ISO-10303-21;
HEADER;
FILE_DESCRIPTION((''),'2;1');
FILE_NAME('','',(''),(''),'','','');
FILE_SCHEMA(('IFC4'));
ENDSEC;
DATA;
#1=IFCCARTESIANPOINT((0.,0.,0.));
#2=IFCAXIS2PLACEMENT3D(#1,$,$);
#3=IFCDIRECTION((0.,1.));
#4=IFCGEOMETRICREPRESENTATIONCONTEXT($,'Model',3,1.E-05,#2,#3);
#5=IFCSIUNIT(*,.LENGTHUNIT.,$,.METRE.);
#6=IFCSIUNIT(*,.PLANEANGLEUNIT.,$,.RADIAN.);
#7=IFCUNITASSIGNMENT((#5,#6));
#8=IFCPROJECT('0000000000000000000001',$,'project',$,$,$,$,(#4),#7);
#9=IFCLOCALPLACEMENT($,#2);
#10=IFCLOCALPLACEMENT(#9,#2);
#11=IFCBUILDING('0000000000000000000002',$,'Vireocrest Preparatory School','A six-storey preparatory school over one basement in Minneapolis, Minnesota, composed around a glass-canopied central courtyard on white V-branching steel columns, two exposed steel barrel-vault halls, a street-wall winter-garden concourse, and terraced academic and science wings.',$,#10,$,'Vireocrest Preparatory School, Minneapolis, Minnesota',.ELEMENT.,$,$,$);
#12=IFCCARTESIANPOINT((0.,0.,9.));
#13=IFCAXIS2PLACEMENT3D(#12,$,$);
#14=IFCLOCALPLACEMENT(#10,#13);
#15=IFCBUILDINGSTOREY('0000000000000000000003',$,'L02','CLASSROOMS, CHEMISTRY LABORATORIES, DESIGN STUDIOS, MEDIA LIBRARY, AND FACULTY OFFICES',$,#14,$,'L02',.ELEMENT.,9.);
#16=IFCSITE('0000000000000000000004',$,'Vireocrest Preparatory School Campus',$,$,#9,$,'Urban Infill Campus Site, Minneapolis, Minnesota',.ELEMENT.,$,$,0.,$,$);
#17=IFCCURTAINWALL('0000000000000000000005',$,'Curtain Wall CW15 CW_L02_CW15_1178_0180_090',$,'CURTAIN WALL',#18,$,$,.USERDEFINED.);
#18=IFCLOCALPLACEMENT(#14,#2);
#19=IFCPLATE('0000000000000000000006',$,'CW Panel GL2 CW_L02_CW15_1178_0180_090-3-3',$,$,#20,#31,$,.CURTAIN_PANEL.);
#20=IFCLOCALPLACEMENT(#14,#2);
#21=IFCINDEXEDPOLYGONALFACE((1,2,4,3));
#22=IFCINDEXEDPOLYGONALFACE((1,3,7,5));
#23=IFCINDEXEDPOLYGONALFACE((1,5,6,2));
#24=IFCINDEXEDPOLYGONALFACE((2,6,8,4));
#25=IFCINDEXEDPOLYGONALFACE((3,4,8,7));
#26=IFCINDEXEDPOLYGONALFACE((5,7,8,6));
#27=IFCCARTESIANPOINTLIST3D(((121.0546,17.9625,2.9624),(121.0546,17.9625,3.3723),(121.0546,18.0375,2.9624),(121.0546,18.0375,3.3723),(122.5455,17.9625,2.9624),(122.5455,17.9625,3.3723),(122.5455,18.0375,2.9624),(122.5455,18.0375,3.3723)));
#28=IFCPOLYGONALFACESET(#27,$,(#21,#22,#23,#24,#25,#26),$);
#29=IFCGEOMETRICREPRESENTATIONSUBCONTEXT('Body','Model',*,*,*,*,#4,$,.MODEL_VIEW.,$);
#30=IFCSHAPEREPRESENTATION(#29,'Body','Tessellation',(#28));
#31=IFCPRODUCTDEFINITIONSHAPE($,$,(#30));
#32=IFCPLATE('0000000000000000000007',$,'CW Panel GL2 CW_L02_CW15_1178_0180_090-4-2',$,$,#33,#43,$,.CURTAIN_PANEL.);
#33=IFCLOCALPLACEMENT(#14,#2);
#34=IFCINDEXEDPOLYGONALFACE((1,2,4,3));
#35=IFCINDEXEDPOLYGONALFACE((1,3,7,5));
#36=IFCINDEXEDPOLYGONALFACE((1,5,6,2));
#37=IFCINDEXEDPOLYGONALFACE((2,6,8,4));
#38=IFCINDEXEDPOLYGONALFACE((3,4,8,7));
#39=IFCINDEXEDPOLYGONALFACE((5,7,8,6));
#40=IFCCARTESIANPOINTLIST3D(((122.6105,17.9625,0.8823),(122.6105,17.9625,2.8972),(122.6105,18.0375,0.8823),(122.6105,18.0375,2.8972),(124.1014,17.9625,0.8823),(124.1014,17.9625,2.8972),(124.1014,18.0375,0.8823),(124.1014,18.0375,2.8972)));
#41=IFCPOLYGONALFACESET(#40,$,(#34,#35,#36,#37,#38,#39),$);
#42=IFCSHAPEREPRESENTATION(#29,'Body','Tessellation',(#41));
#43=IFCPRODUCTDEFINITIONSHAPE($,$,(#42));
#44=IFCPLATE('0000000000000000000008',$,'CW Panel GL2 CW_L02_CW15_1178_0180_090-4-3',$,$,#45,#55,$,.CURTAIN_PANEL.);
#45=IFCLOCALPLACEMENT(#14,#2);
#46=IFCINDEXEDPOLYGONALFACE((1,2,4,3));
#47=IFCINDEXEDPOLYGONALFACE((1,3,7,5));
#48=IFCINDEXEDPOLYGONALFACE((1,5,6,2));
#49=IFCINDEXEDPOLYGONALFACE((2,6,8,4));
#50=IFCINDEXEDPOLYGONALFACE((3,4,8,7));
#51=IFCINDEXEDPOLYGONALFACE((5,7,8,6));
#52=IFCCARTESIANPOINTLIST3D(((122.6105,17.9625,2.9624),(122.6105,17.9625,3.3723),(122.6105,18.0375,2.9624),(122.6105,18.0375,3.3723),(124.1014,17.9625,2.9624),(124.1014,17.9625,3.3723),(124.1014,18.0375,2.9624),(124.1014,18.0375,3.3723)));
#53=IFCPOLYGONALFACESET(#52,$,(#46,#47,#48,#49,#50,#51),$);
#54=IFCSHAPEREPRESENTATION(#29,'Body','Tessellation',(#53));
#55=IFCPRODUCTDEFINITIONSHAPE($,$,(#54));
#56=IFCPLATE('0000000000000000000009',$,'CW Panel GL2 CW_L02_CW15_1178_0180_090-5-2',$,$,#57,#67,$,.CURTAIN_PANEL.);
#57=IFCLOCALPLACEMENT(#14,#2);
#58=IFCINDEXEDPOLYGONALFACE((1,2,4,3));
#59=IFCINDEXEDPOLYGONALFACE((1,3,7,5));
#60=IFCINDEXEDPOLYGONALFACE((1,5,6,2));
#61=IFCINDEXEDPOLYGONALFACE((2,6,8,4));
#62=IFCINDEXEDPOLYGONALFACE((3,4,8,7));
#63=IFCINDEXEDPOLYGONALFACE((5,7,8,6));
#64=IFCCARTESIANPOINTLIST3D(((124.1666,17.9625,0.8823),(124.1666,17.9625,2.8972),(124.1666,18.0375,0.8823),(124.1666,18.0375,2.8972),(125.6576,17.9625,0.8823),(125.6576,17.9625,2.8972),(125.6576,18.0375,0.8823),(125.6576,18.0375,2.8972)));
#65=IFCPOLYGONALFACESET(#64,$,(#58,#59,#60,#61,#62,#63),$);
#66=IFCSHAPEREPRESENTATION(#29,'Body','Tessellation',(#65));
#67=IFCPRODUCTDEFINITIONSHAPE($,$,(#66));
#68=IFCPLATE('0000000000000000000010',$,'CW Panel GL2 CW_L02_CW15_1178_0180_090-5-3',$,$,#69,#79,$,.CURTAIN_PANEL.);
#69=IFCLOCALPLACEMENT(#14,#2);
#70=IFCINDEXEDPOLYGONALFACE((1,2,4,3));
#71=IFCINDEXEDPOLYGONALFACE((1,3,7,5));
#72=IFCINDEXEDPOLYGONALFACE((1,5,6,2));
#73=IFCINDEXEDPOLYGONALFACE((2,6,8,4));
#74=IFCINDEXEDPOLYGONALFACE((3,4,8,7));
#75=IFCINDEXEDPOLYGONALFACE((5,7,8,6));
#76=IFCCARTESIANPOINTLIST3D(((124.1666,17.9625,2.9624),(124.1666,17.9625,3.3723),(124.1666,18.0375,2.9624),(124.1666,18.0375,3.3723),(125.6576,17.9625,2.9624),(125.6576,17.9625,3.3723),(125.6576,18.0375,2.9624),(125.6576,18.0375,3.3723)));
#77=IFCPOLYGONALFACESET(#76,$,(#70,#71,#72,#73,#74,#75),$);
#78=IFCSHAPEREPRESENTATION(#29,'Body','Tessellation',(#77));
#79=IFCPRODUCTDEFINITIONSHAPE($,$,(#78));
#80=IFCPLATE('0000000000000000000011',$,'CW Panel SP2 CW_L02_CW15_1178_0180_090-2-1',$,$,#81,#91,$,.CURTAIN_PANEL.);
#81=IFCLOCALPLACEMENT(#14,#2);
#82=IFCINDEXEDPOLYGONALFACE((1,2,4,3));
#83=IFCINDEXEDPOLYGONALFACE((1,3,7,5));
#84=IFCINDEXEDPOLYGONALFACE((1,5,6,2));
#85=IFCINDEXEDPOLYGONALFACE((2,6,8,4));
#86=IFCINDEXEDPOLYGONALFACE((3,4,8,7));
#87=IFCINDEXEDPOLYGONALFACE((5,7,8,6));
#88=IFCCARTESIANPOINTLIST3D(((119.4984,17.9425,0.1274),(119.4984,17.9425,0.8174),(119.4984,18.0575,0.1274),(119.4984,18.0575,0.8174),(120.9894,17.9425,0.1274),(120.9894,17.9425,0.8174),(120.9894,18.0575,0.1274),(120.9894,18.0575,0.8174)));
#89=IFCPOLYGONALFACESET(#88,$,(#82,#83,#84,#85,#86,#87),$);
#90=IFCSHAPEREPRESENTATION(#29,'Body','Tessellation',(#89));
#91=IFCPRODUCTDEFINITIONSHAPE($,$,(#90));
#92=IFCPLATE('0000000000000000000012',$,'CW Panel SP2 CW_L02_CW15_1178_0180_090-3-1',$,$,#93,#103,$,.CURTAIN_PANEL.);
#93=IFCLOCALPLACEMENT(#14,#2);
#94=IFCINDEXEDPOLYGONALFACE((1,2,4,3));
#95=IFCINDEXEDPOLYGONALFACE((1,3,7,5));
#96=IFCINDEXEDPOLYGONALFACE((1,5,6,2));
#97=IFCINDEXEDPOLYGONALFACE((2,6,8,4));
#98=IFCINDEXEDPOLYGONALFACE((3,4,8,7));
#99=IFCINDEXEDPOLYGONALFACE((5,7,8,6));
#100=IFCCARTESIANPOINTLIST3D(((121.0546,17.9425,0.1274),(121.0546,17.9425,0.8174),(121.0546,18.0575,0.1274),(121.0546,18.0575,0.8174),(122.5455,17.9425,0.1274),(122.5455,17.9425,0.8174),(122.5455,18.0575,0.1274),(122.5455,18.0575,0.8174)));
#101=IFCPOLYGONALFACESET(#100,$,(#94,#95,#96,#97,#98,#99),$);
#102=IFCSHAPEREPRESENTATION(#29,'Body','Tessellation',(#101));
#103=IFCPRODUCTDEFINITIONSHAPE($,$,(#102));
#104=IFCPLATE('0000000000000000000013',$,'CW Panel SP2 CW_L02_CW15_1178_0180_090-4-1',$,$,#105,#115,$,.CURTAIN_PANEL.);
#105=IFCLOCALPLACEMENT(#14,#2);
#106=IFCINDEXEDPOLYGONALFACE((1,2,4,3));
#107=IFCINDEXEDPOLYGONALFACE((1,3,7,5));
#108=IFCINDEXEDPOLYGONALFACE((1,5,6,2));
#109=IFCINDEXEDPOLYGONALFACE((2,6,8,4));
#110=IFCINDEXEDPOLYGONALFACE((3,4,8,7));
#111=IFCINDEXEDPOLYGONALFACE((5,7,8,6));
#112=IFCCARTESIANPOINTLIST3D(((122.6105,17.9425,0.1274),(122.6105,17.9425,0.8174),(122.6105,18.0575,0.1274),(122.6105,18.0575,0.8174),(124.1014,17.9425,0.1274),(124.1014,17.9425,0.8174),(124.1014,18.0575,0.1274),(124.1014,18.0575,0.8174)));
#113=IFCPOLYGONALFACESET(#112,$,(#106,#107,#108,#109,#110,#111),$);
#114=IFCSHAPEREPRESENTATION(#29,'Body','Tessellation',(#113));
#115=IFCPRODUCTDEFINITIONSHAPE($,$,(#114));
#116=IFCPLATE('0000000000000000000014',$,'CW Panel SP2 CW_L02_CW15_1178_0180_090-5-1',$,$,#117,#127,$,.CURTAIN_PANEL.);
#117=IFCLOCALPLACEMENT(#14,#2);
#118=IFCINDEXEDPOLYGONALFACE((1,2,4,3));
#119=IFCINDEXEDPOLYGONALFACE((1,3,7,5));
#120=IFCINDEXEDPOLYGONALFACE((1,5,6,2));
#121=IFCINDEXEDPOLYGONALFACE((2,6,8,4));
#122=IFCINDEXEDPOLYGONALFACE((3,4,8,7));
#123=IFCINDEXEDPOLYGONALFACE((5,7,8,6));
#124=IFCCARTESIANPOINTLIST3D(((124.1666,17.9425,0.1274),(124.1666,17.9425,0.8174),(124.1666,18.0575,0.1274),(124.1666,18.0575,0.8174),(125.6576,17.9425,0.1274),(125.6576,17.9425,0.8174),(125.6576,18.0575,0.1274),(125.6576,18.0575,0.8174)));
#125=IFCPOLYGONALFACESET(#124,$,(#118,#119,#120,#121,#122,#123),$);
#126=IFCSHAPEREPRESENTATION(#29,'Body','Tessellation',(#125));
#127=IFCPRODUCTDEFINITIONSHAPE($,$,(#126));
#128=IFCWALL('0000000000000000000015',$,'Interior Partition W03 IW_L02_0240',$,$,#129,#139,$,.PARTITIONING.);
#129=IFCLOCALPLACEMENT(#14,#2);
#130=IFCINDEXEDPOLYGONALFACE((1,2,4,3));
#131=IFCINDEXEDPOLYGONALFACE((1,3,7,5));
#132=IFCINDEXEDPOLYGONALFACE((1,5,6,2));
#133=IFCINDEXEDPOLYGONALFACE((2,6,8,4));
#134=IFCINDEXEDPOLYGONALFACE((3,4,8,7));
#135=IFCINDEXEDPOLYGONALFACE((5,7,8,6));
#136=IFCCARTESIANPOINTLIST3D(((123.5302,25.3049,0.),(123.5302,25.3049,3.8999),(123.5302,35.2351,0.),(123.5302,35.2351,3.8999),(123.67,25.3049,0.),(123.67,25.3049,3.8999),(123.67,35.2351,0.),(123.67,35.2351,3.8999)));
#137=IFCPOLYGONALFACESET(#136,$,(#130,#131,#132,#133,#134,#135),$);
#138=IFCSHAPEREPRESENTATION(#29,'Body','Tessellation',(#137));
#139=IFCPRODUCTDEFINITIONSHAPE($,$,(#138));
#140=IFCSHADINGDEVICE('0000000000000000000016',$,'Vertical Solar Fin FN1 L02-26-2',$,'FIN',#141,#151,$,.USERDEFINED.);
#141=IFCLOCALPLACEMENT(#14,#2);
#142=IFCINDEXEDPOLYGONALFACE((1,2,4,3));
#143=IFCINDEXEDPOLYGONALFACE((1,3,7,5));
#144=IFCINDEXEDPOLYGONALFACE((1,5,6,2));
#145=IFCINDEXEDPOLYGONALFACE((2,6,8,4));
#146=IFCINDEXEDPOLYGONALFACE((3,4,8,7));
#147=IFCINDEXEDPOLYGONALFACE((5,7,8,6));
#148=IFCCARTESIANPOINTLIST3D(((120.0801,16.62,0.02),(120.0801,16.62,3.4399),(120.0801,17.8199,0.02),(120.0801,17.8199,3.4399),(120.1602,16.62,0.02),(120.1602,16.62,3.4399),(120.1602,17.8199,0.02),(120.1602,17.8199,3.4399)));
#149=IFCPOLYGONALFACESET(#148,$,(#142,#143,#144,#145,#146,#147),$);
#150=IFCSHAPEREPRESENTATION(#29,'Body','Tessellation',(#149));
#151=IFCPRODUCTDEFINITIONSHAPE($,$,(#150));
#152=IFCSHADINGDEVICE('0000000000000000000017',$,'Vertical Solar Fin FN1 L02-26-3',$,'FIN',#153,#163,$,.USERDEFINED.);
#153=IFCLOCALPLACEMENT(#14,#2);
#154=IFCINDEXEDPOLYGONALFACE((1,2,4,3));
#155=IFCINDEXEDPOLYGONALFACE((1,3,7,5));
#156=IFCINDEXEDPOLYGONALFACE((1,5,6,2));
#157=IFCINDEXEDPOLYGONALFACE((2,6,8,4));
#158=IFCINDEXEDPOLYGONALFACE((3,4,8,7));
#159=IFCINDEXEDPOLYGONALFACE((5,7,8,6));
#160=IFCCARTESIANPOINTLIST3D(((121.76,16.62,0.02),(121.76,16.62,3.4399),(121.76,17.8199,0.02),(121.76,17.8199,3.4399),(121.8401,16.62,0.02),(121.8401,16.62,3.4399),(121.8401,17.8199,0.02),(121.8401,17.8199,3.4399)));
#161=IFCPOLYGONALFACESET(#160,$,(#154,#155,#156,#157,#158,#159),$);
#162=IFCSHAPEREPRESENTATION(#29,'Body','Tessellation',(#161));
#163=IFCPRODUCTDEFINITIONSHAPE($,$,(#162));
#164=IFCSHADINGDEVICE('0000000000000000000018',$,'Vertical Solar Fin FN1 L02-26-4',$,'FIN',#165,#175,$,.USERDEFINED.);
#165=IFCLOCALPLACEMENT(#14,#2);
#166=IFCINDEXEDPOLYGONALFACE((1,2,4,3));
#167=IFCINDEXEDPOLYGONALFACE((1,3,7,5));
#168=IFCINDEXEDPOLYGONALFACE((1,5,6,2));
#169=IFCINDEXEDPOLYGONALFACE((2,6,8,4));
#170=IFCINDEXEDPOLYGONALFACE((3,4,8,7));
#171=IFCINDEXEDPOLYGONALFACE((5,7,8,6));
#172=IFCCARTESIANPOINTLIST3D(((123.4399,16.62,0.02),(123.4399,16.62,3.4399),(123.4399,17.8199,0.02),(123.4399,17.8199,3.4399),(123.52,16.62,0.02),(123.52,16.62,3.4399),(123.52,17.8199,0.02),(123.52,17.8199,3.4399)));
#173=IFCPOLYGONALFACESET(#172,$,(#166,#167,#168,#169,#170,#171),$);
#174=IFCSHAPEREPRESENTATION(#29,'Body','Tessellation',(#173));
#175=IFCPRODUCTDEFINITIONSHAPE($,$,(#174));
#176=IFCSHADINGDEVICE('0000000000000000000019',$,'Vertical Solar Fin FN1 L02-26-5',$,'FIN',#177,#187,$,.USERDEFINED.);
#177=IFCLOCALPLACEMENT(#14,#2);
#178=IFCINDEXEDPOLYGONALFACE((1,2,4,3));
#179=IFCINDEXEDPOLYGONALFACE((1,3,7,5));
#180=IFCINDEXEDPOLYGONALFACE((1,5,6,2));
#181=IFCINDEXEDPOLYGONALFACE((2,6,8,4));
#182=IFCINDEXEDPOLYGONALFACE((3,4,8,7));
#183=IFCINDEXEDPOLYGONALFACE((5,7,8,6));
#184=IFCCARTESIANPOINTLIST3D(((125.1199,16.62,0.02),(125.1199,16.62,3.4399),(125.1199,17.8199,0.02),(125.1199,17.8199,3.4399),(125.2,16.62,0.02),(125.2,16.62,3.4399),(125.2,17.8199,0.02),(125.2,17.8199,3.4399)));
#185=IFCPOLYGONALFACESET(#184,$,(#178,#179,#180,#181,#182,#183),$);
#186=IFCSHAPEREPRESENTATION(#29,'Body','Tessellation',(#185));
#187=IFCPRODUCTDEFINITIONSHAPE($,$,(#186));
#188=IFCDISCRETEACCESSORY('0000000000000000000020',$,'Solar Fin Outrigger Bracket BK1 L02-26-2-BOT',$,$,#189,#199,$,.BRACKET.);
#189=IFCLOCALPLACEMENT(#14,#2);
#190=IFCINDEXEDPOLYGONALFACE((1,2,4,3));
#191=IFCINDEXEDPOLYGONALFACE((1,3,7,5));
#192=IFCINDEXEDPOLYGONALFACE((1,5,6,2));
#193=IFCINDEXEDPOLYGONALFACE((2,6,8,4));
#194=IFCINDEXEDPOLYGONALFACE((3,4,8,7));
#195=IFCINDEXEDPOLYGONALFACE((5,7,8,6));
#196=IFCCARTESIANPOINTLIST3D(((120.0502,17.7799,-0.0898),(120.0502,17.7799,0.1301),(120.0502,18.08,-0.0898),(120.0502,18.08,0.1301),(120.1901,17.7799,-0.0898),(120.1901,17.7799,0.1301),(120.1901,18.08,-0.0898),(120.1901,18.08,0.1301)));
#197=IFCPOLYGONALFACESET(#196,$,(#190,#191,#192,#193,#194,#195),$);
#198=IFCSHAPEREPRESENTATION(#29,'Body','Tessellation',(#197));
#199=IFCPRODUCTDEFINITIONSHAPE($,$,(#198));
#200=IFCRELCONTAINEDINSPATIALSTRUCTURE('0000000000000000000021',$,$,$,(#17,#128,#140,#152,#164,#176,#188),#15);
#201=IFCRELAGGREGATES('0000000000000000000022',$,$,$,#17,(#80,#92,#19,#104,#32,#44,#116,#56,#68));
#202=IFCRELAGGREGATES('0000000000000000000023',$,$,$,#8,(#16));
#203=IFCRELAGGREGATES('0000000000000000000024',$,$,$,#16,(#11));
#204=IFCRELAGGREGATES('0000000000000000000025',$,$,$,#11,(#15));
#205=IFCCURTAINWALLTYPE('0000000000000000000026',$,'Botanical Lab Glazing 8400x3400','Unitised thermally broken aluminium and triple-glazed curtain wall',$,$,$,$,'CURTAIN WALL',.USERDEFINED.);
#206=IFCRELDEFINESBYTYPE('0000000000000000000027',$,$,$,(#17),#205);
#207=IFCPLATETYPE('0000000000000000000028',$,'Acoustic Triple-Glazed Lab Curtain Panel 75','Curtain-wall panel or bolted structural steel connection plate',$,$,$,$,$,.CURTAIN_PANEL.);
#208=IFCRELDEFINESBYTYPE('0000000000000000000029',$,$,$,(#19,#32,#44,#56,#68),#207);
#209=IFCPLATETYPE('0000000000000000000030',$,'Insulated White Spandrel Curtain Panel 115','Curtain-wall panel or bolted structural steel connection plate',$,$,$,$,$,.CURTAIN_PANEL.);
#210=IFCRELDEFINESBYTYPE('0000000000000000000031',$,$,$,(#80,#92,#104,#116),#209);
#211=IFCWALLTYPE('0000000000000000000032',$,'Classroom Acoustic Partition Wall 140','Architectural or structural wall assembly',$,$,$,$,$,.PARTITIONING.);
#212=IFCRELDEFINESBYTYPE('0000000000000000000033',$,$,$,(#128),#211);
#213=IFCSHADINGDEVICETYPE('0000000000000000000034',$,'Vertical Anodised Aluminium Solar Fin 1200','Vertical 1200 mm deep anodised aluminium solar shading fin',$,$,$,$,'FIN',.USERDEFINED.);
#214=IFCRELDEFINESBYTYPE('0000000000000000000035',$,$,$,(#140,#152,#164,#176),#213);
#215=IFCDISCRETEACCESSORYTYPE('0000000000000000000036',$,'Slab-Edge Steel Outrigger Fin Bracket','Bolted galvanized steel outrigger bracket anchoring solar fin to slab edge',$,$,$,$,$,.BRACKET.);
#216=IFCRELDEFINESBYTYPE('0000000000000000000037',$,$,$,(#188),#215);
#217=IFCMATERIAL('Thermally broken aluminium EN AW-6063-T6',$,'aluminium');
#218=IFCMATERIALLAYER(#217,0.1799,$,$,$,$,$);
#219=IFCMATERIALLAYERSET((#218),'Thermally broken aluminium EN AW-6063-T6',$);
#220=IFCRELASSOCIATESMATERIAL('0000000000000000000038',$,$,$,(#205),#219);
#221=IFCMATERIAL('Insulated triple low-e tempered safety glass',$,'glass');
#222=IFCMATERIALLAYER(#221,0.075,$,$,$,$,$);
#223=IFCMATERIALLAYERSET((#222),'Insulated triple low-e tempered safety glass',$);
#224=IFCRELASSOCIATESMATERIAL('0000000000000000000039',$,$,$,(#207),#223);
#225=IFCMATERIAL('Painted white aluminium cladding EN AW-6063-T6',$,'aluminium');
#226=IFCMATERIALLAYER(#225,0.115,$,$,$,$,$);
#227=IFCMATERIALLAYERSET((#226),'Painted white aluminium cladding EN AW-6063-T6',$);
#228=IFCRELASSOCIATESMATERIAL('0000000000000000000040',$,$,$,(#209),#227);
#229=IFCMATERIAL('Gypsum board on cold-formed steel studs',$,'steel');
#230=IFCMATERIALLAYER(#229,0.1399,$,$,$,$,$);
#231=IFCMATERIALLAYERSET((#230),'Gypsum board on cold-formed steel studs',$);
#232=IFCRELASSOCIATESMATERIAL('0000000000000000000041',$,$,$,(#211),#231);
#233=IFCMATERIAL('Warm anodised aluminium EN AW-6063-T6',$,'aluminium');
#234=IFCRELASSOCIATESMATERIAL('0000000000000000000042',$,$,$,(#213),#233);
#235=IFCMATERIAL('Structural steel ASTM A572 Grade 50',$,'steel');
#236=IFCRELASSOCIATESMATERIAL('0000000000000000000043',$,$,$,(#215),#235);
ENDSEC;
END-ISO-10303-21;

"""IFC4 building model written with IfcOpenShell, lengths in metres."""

from ifc_helpers import new_model, si_unit, direction, frame, frame_2d, origin, origin_2d, place, context, subcontext, project, spatial, rectangle, extrude, material, layer, layer_set, material_profile, profile_set, type_object, element, aggregate, save


model = new_model("IFC4")

# Units and contexts
model_context = context("Model", 3, precision=1e-05, world=origin(), true_north=direction((0.0, 1.0)))
body_context = subcontext(model_context, "Body", "Model", "MODEL_VIEW")
ifc_project = project(units=[si_unit("LENGTHUNIT", "METRE"), si_unit("PLANEANGLEUNIT", "RADIAN")], contexts=[model_context])

# Site, building, storey
site_placement = place(None, origin())
site = spatial("IfcSite", under=ifc_project, at=site_placement, Name="Vireocrest Preparatory School Campus", LongName="Urban Infill Campus Site, Minneapolis, Minnesota", CompositionType="ELEMENT", RefElevation=0.0)
building_placement = place(site_placement, origin())
building = spatial("IfcBuilding", under=site, at=building_placement, Name="Vireocrest Preparatory School", Description="A six-storey preparatory school over one basement in Minneapolis, Minnesota, composed around a glass-canopied central courtyard on white V-branching steel columns, two exposed steel barrel-vault halls, a street-wall winter-garden concourse, and terraced academic and science wings.", LongName="Vireocrest Preparatory School, Minneapolis, Minnesota", CompositionType="ELEMENT")
storey_placement = place(building_placement, frame((0.0, 0.0, 9.0)))
storey = spatial("IfcBuildingStorey", under=building, at=storey_placement, Name="L02", Description="CLASSROOMS, CHEMISTRY LABORATORIES, DESIGN STUDIOS, MEDIA LIBRARY, AND FACULTY OFFICES", LongName="L02", CompositionType="ELEMENT", Elevation=9.0)

# Curtain wall
ifc_material_1 = material(Name="Thermally broken aluminium EN AW-6063-T6", Category="aluminium")
ifc_layer_1 = layer(ifc_material_1, 0.1799)
ifc_layer_set_1 = layer_set([ifc_layer_1], Name="Thermally broken aluminium EN AW-6063-T6")
curtain_wall_type = type_object("IfcCurtainWallType", Name="Botanical Lab Glazing 8400x3400", Description="Unitised thermally broken aluminium and triple-glazed curtain wall", ElementType="CURTAIN WALL", PredefinedType="USERDEFINED", material=ifc_layer_set_1)
curtain_wall_placement = place(storey_placement, origin())
curtain_wall = element("IfcCurtainWall", 1, at=curtain_wall_placement, inside=storey, type_object=curtain_wall_type, Name="Curtain Wall CW15 CW_L02_CW15_1178_0180_090", ObjectType="CURTAIN WALL", PredefinedType="USERDEFINED")

# Plates
ifc_material_2 = material(Name="Insulated triple low-e tempered safety glass", Category="glass")
ifc_layer_2 = layer(ifc_material_2, 0.075)
ifc_layer_set_2 = layer_set([ifc_layer_2], Name="Insulated triple low-e tempered safety glass")
plate_type_1 = type_object("IfcPlateType", Name="Acoustic Triple-Glazed Lab Curtain Panel 75", Description="Curtain-wall panel or bolted structural steel connection plate", PredefinedType="CURTAIN_PANEL", material=ifc_layer_set_2)
plate_1_placement = place(storey_placement, frame((121.8, 18.0, 2.9624), z_axis=(0.0, 0.0, 1.0), x_axis=(1.0, 0.0, 0.0)))
plate_1 = element("IfcPlate", 2, at=plate_1_placement, type_object=plate_type_1, Name="CW Panel GL2 CW_L02_CW15_1178_0180_090-3-3", PredefinedType="CURTAIN_PANEL", context=body_context, shape_type="SweptSolid", body=[
    extrude(rectangle(XDim=1.491, YDim=0.075, at=origin_2d()), origin(), (0.0, 0.0, 1.0), 0.4099),
])
plate_2_placement = place(storey_placement, frame((123.356, 18.0, 0.8823), z_axis=(0.0, 0.0, 1.0), x_axis=(1.0, 0.0, 0.0)))
plate_2 = element("IfcPlate", 3, at=plate_2_placement, type_object=plate_type_1, Name="CW Panel GL2 CW_L02_CW15_1178_0180_090-4-2", PredefinedType="CURTAIN_PANEL", context=body_context, shape_type="SweptSolid", body=[
    extrude(rectangle(XDim=1.491, YDim=0.075, at=origin_2d()), origin(), (0.0, 0.0, 1.0), 2.0149),
])
plate_3_placement = place(storey_placement, frame((123.356, 18.0, 2.9624), z_axis=(0.0, 0.0, 1.0), x_axis=(1.0, 0.0, 0.0)))
plate_3 = element("IfcPlate", 4, at=plate_3_placement, type_object=plate_type_1, Name="CW Panel GL2 CW_L02_CW15_1178_0180_090-4-3", PredefinedType="CURTAIN_PANEL", context=body_context, shape_type="SweptSolid", body=[
    extrude(rectangle(XDim=1.491, YDim=0.075, at=origin_2d()), origin(), (0.0, 0.0, 1.0), 0.4099),
])
plate_4_placement = place(storey_placement, frame((124.9121, 18.0, 0.8823), z_axis=(0.0, 0.0, 1.0), x_axis=(1.0, 0.0, 0.0)))
plate_4 = element("IfcPlate", 5, at=plate_4_placement, type_object=plate_type_1, Name="CW Panel GL2 CW_L02_CW15_1178_0180_090-5-2", PredefinedType="CURTAIN_PANEL", context=body_context, shape_type="SweptSolid", body=[
    extrude(rectangle(XDim=1.491, YDim=0.075, at=origin_2d()), origin(), (0.0, 0.0, 1.0), 2.0149),
])
plate_5_placement = place(storey_placement, frame((124.9121, 18.0, 2.9624), z_axis=(0.0, 0.0, 1.0), x_axis=(1.0, 0.0, 0.0)))
plate_5 = element("IfcPlate", 6, at=plate_5_placement, type_object=plate_type_1, Name="CW Panel GL2 CW_L02_CW15_1178_0180_090-5-3", PredefinedType="CURTAIN_PANEL", context=body_context, shape_type="SweptSolid", body=[
    extrude(rectangle(XDim=1.491, YDim=0.075, at=origin_2d()), origin(), (0.0, 0.0, 1.0), 0.4099),
])
ifc_material_3 = material(Name="Painted white aluminium cladding EN AW-6063-T6", Category="aluminium")
ifc_layer_3 = layer(ifc_material_3, 0.115)
ifc_layer_set_3 = layer_set([ifc_layer_3], Name="Painted white aluminium cladding EN AW-6063-T6")
plate_type_2 = type_object("IfcPlateType", Name="Insulated White Spandrel Curtain Panel 115", Description="Curtain-wall panel or bolted structural steel connection plate", PredefinedType="CURTAIN_PANEL", material=ifc_layer_set_3)
plate_6_placement = place(storey_placement, frame((120.2439, 18.0, 0.1274), z_axis=(0.0, 0.0, 1.0), x_axis=(1.0, 0.0, 0.0)))
plate_6 = element("IfcPlate", 7, at=plate_6_placement, type_object=plate_type_2, Name="CW Panel SP2 CW_L02_CW15_1178_0180_090-2-1", PredefinedType="CURTAIN_PANEL", context=body_context, shape_type="SweptSolid", body=[
    extrude(rectangle(XDim=1.491, YDim=0.115, at=origin_2d()), origin(), (0.0, 0.0, 1.0), 0.6899),
])
plate_7_placement = place(storey_placement, frame((121.8, 18.0, 0.1274), z_axis=(0.0, 0.0, 1.0), x_axis=(1.0, 0.0, 0.0)))
plate_7 = element("IfcPlate", 8, at=plate_7_placement, type_object=plate_type_2, Name="CW Panel SP2 CW_L02_CW15_1178_0180_090-3-1", PredefinedType="CURTAIN_PANEL", context=body_context, shape_type="SweptSolid", body=[
    extrude(rectangle(XDim=1.491, YDim=0.115, at=origin_2d()), origin(), (0.0, 0.0, 1.0), 0.6899),
])
plate_8_placement = place(storey_placement, frame((123.356, 18.0, 0.1274), z_axis=(0.0, 0.0, 1.0), x_axis=(1.0, 0.0, 0.0)))
plate_8 = element("IfcPlate", 9, at=plate_8_placement, type_object=plate_type_2, Name="CW Panel SP2 CW_L02_CW15_1178_0180_090-4-1", PredefinedType="CURTAIN_PANEL", context=body_context, shape_type="SweptSolid", body=[
    extrude(rectangle(XDim=1.491, YDim=0.115, at=origin_2d()), origin(), (0.0, 0.0, 1.0), 0.6899),
])
plate_9_placement = place(storey_placement, frame((124.9121, 18.0, 0.1274), z_axis=(0.0, 0.0, 1.0), x_axis=(1.0, 0.0, 0.0)))
plate_9 = element("IfcPlate", 10, at=plate_9_placement, type_object=plate_type_2, Name="CW Panel SP2 CW_L02_CW15_1178_0180_090-5-1", PredefinedType="CURTAIN_PANEL", context=body_context, shape_type="SweptSolid", body=[
    extrude(rectangle(XDim=1.491, YDim=0.115, at=origin_2d()), origin(), (0.0, 0.0, 1.0), 0.6899),
])
aggregate(curtain_wall, [plate_6, plate_7, plate_1, plate_8, plate_2, plate_3, plate_9, plate_4, plate_5])

# Wall
ifc_material_4 = material(Name="Gypsum board on cold-formed steel studs", Category="steel")
ifc_layer_4 = layer(ifc_material_4, 0.1399)
ifc_layer_set_4 = layer_set([ifc_layer_4], Name="Gypsum board on cold-formed steel studs")
wall_type = type_object("IfcWallType", Name="Classroom Acoustic Partition Wall 140", Description="Architectural or structural wall assembly", PredefinedType="PARTITIONING", material=ifc_layer_set_4)
wall_placement = place(storey_placement, frame((123.6001, 25.3049, 0.0), z_axis=(0.0, 0.0, 1.0), x_axis=(0.0, 1.0, 0.0)))
element("IfcWall", 11, at=wall_placement, inside=storey, type_object=wall_type, Name="Interior Partition W03 IW_L02_0240", PredefinedType="PARTITIONING", context=body_context, shape_type="SweptSolid", body=[
    extrude(rectangle(XDim=9.9302, YDim=0.1399, at=frame_2d((4.9651, 0.0))), origin(), (0.0, 0.0, 1.0), 3.8999),
])

# Shading devices
ifc_material_5 = material(Name="Warm anodised aluminium EN AW-6063-T6", Category="aluminium")
ifc_material_profile_1 = material_profile(ifc_material_5, rectangle(XDim=0.0801, YDim=1.2, at=origin_2d()), Name="FIN 80x1200")
ifc_profile_set_1 = profile_set([ifc_material_profile_1], Name="Warm anodised aluminium EN AW-6063-T6")
shading_device_type = type_object("IfcShadingDeviceType", Name="Vertical Anodised Aluminium Solar Fin 1200", Description="Vertical 1200 mm deep anodised aluminium solar shading fin", ElementType="FIN", PredefinedType="USERDEFINED", material=ifc_profile_set_1)
for number, where, z_axis, x_axis, name in (
    (12, (120.1201, 17.22, 0.02), (0.0, 0.0, 1.0), (-1.0, 0.0, 0.0), "Vertical Solar Fin FN1 L02-26-2"),
    (13, (121.8, 17.22, 0.02), (0.0, 0.0, 1.0), (-1.0, 0.0, 0.0), "Vertical Solar Fin FN1 L02-26-3"),
    (14, (123.48, 17.22, 0.02), (0.0, 0.0, 1.0), (-1.0, 0.0, 0.0), "Vertical Solar Fin FN1 L02-26-4"),
    (15, (125.1599, 17.22, 0.02), (0.0, 0.0, 1.0), (-1.0, 0.0, 0.0), "Vertical Solar Fin FN1 L02-26-5"),
):
    element("IfcShadingDevice", number, at=place(storey_placement, frame(where, z_axis=z_axis, x_axis=x_axis)), inside=storey, type_object=shading_device_type, Name=name, ObjectType="FIN", PredefinedType="USERDEFINED", context=body_context, shape_type="SweptSolid", body=[
        extrude(rectangle(XDim=0.0801, YDim=1.2, at=origin_2d()), origin(), (0.0, 0.0, 1.0), 3.4199),
    ])

# Discrete accessory
ifc_material_6 = material(Name="Structural steel ASTM A572 Grade 50", Category="steel")
discrete_accessory_type = type_object("IfcDiscreteAccessoryType", Name="Slab-Edge Steel Outrigger Fin Bracket", Description="Bolted galvanized steel outrigger bracket anchoring solar fin to slab edge", PredefinedType="BRACKET", material=ifc_material_6)
for number, where, z_axis, x_axis, name in (
    (16, (120.1201, 17.9299, -0.0898), (0.0, 0.0, 1.0), (-1.0, 0.0, 0.0), "Solar Fin Outrigger Bracket BK1 L02-26-2-BOT"),
):
    element("IfcDiscreteAccessory", number, at=place(storey_placement, frame(where, z_axis=z_axis, x_axis=x_axis)), inside=storey, type_object=discrete_accessory_type, Name=name, PredefinedType="BRACKET", context=body_context, shape_type="SweptSolid", body=[
        extrude(rectangle(XDim=0.1399, YDim=0.3, at=origin_2d()), origin(), (0.0, 0.0, 1.0), 0.22),
    ])

save(model, "model.ifc")
